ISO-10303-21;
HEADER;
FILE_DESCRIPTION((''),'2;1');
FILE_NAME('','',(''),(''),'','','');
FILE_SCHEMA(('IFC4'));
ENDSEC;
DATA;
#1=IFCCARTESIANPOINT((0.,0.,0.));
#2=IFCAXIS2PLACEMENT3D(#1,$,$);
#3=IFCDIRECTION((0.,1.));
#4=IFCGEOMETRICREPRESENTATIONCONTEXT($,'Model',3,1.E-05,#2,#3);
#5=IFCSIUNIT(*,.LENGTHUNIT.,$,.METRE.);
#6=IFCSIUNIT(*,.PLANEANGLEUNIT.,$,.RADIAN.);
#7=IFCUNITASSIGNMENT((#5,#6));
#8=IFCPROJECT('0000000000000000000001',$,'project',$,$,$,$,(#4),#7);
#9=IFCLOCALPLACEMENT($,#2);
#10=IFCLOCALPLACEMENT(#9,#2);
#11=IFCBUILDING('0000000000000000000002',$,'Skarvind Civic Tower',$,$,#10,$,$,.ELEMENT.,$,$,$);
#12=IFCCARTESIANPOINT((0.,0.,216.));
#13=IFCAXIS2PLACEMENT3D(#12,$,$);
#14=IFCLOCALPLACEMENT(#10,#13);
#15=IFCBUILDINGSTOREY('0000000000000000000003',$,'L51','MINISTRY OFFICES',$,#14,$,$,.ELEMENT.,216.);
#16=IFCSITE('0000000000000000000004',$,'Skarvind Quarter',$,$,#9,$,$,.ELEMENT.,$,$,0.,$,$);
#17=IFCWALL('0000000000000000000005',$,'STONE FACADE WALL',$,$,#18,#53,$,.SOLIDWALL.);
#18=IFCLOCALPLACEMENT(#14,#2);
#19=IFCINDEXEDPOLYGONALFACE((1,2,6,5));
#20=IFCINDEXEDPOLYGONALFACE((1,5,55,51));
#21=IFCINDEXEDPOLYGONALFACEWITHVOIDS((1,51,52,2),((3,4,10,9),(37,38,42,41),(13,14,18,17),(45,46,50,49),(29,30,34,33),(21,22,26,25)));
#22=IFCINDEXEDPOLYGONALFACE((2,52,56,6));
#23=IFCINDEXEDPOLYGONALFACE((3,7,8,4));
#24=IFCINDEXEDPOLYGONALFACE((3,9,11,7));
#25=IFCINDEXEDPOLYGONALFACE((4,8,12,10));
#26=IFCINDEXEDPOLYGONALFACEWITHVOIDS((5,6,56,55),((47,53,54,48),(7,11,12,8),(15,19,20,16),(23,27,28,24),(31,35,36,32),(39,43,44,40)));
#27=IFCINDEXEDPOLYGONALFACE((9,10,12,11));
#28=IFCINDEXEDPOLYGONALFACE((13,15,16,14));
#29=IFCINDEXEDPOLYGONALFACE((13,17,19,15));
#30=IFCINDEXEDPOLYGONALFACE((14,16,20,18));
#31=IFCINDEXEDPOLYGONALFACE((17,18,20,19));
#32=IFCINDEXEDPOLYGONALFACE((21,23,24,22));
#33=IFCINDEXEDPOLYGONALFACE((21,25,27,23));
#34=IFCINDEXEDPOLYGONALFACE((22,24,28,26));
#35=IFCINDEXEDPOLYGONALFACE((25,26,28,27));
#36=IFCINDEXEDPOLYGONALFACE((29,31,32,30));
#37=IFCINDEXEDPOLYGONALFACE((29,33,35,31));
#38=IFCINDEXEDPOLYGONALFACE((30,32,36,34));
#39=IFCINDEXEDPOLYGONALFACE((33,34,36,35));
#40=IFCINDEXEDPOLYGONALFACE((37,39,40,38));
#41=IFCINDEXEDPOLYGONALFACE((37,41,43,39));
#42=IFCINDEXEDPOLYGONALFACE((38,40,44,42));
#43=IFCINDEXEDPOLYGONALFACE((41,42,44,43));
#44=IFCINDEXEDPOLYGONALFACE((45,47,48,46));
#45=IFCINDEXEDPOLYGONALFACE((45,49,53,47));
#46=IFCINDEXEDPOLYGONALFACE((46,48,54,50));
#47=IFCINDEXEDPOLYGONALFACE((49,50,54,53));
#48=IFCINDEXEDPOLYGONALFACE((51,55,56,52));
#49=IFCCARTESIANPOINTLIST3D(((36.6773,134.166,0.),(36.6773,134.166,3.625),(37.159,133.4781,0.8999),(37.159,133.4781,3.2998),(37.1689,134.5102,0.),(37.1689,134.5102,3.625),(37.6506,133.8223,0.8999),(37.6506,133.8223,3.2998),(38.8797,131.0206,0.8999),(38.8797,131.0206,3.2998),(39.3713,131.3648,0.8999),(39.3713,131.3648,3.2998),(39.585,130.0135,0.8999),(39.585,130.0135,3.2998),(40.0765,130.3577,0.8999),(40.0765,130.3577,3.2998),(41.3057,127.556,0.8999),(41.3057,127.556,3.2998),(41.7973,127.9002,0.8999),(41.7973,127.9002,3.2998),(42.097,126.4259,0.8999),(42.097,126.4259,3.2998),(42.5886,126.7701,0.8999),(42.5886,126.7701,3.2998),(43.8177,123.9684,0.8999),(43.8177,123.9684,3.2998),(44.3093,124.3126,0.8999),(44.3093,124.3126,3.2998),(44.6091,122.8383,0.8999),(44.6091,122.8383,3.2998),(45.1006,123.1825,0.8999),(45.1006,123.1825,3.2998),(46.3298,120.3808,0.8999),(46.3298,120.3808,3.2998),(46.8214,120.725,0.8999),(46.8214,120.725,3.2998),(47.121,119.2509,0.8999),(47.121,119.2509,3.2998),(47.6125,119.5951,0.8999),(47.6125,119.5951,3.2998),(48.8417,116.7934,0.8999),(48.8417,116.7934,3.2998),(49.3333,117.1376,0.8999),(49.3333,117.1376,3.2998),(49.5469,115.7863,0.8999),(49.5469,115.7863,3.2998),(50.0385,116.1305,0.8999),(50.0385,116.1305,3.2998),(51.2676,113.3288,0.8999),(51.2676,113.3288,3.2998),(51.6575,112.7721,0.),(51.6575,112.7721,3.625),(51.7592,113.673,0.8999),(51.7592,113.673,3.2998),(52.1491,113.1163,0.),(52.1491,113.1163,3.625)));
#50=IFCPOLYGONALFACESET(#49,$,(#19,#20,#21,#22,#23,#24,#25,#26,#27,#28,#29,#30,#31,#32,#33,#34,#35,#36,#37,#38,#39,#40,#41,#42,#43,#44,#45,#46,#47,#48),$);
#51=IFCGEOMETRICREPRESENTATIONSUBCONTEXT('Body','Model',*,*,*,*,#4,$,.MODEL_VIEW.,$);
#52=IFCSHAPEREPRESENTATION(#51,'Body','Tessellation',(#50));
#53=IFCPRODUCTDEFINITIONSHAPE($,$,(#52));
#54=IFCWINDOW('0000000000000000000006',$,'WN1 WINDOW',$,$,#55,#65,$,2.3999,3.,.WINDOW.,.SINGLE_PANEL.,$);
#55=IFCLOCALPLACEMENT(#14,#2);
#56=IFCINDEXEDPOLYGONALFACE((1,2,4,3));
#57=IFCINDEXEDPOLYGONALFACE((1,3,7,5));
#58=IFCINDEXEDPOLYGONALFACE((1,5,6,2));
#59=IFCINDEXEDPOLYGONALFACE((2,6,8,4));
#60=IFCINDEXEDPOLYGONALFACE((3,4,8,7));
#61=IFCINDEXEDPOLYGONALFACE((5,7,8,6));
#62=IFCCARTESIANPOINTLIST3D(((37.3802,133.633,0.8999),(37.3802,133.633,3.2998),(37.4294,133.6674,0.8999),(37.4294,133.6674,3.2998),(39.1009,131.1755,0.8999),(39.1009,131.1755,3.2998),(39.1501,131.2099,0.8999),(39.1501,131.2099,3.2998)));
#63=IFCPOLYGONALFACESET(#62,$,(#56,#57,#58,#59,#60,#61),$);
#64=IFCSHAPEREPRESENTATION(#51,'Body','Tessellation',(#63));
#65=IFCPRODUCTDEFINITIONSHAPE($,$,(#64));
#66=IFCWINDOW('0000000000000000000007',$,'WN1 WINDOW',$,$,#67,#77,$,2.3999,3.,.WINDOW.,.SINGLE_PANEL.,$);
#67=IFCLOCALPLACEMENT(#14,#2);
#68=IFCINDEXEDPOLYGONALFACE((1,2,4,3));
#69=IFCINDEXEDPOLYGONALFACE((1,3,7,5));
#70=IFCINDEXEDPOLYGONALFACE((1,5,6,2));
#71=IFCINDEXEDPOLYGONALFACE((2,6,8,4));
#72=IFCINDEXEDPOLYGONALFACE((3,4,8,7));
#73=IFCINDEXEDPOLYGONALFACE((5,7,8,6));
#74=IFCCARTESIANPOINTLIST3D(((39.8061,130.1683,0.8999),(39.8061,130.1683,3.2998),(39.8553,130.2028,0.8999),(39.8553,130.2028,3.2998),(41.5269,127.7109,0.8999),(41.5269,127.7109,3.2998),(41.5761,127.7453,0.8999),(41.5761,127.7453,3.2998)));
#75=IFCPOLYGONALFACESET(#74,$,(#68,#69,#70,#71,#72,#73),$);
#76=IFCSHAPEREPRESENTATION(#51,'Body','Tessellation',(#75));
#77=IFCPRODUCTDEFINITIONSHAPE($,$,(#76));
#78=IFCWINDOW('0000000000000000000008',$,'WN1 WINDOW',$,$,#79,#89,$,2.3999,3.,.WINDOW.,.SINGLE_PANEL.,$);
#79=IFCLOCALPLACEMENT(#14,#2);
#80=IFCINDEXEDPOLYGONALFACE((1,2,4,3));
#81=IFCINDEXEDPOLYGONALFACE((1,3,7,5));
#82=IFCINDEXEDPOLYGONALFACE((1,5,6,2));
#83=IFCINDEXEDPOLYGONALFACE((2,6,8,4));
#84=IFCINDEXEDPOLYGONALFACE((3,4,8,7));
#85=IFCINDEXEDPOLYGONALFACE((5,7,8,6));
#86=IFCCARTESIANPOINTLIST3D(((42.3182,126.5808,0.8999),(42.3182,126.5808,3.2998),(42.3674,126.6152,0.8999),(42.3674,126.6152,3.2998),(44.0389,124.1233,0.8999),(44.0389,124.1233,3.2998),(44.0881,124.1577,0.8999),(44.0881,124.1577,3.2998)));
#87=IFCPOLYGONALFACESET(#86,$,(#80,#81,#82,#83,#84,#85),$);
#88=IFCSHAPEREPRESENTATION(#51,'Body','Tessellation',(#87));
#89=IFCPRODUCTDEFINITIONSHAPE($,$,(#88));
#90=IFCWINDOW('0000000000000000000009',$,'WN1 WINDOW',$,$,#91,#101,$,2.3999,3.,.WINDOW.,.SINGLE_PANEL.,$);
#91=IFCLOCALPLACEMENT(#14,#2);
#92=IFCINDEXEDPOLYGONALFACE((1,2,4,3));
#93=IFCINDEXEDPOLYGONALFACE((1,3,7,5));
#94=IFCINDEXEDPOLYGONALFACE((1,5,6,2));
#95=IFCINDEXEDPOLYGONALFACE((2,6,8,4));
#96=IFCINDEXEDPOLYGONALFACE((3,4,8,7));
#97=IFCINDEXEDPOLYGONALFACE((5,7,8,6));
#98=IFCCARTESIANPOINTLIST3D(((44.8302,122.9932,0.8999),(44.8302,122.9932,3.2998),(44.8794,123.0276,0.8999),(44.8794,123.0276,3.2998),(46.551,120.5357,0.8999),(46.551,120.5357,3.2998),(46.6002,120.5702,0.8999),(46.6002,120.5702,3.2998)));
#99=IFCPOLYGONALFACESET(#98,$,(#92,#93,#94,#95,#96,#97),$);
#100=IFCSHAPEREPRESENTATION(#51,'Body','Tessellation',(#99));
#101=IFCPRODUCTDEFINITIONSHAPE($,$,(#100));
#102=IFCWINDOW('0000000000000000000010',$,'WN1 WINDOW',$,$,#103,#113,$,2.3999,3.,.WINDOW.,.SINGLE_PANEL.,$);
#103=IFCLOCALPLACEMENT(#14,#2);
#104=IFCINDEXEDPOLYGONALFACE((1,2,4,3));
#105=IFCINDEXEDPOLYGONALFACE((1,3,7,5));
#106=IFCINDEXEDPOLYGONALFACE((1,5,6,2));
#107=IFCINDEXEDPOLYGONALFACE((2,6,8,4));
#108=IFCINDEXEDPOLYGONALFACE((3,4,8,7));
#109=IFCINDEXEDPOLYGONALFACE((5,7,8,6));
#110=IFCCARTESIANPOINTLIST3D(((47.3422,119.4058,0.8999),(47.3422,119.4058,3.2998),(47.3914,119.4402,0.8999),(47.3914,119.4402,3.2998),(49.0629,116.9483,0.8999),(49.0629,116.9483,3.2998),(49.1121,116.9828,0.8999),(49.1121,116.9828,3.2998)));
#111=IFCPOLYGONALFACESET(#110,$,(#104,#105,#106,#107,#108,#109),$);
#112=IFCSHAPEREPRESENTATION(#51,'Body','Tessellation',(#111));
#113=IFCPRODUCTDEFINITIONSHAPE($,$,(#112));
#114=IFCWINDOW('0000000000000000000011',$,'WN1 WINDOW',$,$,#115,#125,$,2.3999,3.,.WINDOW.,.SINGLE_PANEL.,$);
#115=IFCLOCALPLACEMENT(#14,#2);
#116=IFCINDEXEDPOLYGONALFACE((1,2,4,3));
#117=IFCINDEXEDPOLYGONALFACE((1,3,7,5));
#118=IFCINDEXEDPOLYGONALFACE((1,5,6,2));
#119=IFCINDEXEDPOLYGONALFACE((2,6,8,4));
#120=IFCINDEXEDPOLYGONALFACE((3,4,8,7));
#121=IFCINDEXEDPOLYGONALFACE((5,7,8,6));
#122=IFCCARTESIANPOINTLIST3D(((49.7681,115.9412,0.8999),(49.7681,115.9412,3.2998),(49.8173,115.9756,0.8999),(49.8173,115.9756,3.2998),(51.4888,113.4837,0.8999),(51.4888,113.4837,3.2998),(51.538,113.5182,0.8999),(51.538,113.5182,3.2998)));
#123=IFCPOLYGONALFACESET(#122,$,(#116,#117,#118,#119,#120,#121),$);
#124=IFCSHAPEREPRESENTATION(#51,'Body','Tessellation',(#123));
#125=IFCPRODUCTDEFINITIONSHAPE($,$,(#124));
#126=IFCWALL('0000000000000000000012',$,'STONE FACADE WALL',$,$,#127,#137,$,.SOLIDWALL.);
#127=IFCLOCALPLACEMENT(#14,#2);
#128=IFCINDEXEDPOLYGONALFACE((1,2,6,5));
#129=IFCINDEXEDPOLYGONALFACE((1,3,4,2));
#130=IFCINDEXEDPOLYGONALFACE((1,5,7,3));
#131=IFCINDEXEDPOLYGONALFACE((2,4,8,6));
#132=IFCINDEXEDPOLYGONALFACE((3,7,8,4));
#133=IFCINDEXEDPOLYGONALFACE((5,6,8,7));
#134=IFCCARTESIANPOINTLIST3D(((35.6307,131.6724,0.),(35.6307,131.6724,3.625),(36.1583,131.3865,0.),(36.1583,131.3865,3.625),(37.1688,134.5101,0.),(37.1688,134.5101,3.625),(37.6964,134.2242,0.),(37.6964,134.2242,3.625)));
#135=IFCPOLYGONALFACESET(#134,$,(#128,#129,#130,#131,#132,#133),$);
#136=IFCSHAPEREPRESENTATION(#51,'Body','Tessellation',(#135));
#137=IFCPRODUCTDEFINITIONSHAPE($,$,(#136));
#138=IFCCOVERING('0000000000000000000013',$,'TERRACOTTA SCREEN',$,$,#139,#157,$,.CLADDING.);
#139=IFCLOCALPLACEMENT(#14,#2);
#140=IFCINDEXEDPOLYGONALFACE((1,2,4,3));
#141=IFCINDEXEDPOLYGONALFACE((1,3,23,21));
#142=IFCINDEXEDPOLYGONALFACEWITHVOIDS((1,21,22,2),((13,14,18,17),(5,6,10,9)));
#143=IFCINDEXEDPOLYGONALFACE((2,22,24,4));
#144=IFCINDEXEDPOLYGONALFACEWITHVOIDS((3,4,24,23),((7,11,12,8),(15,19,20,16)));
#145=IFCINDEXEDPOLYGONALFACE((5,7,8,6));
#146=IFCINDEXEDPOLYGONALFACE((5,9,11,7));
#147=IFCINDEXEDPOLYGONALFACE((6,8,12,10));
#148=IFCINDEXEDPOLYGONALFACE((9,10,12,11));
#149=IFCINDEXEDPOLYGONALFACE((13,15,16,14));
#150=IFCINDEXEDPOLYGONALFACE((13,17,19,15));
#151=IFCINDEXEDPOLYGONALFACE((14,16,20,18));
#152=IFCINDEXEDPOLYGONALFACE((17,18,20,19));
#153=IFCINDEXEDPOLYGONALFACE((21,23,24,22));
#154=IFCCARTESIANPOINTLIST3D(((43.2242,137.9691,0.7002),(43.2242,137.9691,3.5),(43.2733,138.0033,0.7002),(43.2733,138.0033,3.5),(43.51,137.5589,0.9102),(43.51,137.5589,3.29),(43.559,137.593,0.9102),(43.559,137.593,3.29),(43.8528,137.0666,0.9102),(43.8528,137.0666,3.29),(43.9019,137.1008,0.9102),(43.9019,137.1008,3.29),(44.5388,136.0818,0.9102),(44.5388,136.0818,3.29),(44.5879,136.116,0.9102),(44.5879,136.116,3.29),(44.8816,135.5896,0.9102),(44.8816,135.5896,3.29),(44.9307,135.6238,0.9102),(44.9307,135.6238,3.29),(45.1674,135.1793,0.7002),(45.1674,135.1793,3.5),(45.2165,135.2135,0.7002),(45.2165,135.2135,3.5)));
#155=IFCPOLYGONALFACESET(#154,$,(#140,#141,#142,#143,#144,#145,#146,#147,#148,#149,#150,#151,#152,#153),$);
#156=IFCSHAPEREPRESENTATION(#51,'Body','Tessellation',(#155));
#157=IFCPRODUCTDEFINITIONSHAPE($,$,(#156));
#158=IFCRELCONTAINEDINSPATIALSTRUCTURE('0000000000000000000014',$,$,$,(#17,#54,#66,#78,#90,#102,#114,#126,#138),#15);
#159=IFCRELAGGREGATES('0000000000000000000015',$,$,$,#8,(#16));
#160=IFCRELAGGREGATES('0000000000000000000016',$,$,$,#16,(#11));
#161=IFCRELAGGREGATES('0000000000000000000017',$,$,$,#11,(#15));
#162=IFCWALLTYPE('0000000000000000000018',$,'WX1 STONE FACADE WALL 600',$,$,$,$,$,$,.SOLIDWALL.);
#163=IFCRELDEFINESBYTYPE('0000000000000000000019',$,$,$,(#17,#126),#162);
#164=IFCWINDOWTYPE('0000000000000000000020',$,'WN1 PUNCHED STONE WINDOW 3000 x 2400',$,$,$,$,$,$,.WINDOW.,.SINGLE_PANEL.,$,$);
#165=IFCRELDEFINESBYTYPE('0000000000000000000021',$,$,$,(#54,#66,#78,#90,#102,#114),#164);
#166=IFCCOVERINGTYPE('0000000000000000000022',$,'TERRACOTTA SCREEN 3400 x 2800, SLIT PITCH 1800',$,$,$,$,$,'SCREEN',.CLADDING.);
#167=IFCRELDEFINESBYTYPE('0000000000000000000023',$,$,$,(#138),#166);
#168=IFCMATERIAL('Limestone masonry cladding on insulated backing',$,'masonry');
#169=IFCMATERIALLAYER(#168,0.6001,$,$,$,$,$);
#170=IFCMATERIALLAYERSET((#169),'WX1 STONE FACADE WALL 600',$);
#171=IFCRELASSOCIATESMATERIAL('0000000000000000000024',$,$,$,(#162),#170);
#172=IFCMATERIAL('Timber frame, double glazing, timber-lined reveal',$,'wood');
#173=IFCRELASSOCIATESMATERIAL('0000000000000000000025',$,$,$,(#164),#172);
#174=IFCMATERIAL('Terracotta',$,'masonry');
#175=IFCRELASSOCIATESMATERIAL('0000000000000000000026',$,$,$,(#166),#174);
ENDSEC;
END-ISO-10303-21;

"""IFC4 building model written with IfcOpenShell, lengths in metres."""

from ifc_helpers import new_model, si_unit, direction, frame, frame_2d, origin, place, context, subcontext, project, spatial, polyline, rectangle, outline, extrude, material, layer, layer_set, material_profile, profile_set, type_object, element, fill, save


model = new_model("IFC4")

# Units and contexts
model_context = context("Model", 3, precision=1e-05, world=origin(), true_north=direction((0.0, 1.0)))
body_context = subcontext(model_context, "Body", "Model", "MODEL_VIEW")
ifc_project = project(units=[si_unit("LENGTHUNIT", "METRE"), si_unit("PLANEANGLEUNIT", "RADIAN")], contexts=[model_context])

# Site, building, storey
site_placement = place(None, origin())
site = spatial("IfcSite", under=ifc_project, at=site_placement, Name="Skarvind Quarter", CompositionType="ELEMENT", RefElevation=0.0)
building_placement = place(site_placement, origin())
building = spatial("IfcBuilding", under=site, at=building_placement, Name="Skarvind Civic Tower", CompositionType="ELEMENT")
storey_placement = place(building_placement, frame((0.0, 0.0, 216.0)))
storey = spatial("IfcBuildingStorey", under=building, at=storey_placement, Name="L51", Description="MINISTRY OFFICES", CompositionType="ELEMENT", Elevation=216.0)

# Shared definitions
ifc_material_1 = material(Name="Limestone masonry cladding on insulated backing", Category="masonry")
ifc_layer_1 = layer(ifc_material_1, 0.6001)
ifc_layer_set_1 = layer_set([ifc_layer_1], Name="WX1 STONE FACADE WALL 600")
wall_type_1 = type_object("IfcWallType", Name="WX1 STONE FACADE WALL 600", PredefinedType="SOLIDWALL", material=ifc_layer_set_1)

# Wall, openings, windows
wall_1_placement = place(storey_placement, frame((36.9231, 134.3381, 0.0), z_axis=(0.0, 0.0, 1.0), x_axis=(0.573575, -0.819153, 0.0)))
wall_1 = element("IfcWall", 1, at=wall_1_placement, inside=storey, type_object=wall_type_1, Name="STONE FACADE WALL", PredefinedType="SOLIDWALL", context=body_context, shape_type="SweptSolid", body=[
    extrude(rectangle(XDim=26.1172, YDim=0.6001, at=frame_2d((13.0586, 0.0))), origin(), (0.0, 0.0, 1.0), 3.625),
])
opening_1_placement = place(wall_1_placement, frame((0.8398, 0.0, 0.8999)))
opening_1 = element("IfcOpeningElement", 2, at=opening_1_placement, cuts=wall_1, PredefinedType="OPENING", context=body_context, shape_type="SweptSolid", body=[
    extrude(rectangle(XDim=3.0, YDim=2.3999, at=frame_2d((1.5, 1.2))), frame((0.0, 0.3101, 0.0), z_axis=(0.0, -1.0, 0.0), x_axis=(1.0, 0.0, 0.0)), (0.0, 0.0, 1.0), 0.6201),
])
opening_2_placement = place(wall_1_placement, frame((5.0693, 0.0, 0.8999)))
opening_2 = element("IfcOpeningElement", 3, at=opening_2_placement, cuts=wall_1, PredefinedType="OPENING", context=body_context, shape_type="SweptSolid", body=[
    extrude(rectangle(XDim=3.0, YDim=2.3999, at=frame_2d((1.5, 1.2))), frame((0.0, 0.3101, 0.0), z_axis=(0.0, -1.0, 0.0), x_axis=(1.0, 0.0, 0.0)), (0.0, 0.0, 1.0), 0.6201),
])
opening_3_placement = place(wall_1_placement, frame((9.449, 0.0, 0.8999)))
opening_3 = element("IfcOpeningElement", 4, at=opening_3_placement, cuts=wall_1, PredefinedType="OPENING", context=body_context, shape_type="SweptSolid", body=[
    extrude(rectangle(XDim=3.0, YDim=2.3999, at=frame_2d((1.5, 1.2))), frame((0.0, 0.3101, 0.0), z_axis=(0.0, -1.0, 0.0), x_axis=(1.0, 0.0, 0.0)), (0.0, 0.0, 1.0), 0.6201),
])
opening_4_placement = place(wall_1_placement, frame((13.8286, 0.0, 0.8999)))
opening_4 = element("IfcOpeningElement", 5, at=opening_4_placement, cuts=wall_1, PredefinedType="OPENING", context=body_context, shape_type="SweptSolid", body=[
    extrude(rectangle(XDim=3.0, YDim=2.3999, at=frame_2d((1.5, 1.2))), frame((0.0, 0.3101, 0.0), z_axis=(0.0, -1.0, 0.0), x_axis=(1.0, 0.0, 0.0)), (0.0, 0.0, 1.0), 0.6201),
])
opening_5_placement = place(wall_1_placement, frame((18.208, 0.0, 0.8999)))
opening_5 = element("IfcOpeningElement", 6, at=opening_5_placement, cuts=wall_1, PredefinedType="OPENING", context=body_context, shape_type="SweptSolid", body=[
    extrude(rectangle(XDim=3.0, YDim=2.3999, at=frame_2d((1.5, 1.2))), frame((0.0, 0.3101, 0.0), z_axis=(0.0, -1.0, 0.0), x_axis=(1.0, 0.0, 0.0)), (0.0, 0.0, 1.0), 0.6201),
])
opening_6_placement = place(wall_1_placement, frame((22.4375, 0.0, 0.8999)))
opening_6 = element("IfcOpeningElement", 7, at=opening_6_placement, cuts=wall_1, PredefinedType="OPENING", context=body_context, shape_type="SweptSolid", body=[
    extrude(rectangle(XDim=3.0, YDim=2.3999, at=frame_2d((1.5, 1.2))), frame((0.0, 0.3101, 0.0), z_axis=(0.0, -1.0, 0.0), x_axis=(1.0, 0.0, 0.0)), (0.0, 0.0, 1.0), 0.6201),
])
ifc_material_2 = material(Name="Timber frame, double glazing, timber-lined reveal", Category="wood")
window_type = type_object("IfcWindowType", Name="WN1 PUNCHED STONE WINDOW 3000 x 2400", PartitioningType="SINGLE_PANEL", PredefinedType="WINDOW", material=ifc_material_2)
window_1_placement = place(opening_1_placement, origin())
window_1 = element("IfcWindow", 8, at=window_1_placement, inside=storey, type_object=window_type, Name="WN1 WINDOW", OverallHeight=2.3999, OverallWidth=3.0, PartitioningType="SINGLE_PANEL", PredefinedType="WINDOW", context=body_context, shape_type="SweptSolid", body=[
    extrude(rectangle(XDim=3.0, YDim=2.3999, at=frame_2d((1.5, 1.2))), frame((0.0, 0.03, 0.0), z_axis=(0.0, -1.0, 0.0), x_axis=(1.0, 0.0, 0.0)), (0.0, 0.0, 1.0), 0.0601),
])
fill(opening_1, window_1)
window_2_placement = place(opening_2_placement, origin())
window_2 = element("IfcWindow", 9, at=window_2_placement, inside=storey, type_object=window_type, Name="WN1 WINDOW", OverallHeight=2.3999, OverallWidth=3.0, PartitioningType="SINGLE_PANEL", PredefinedType="WINDOW", context=body_context, shape_type="SweptSolid", body=[
    extrude(rectangle(XDim=3.0, YDim=2.3999, at=frame_2d((1.5, 1.2))), frame((0.0, 0.03, 0.0), z_axis=(0.0, -1.0, 0.0), x_axis=(1.0, 0.0, 0.0)), (0.0, 0.0, 1.0), 0.0601),
])
fill(opening_2, window_2)
window_3_placement = place(opening_3_placement, origin())
window_3 = element("IfcWindow", 10, at=window_3_placement, inside=storey, type_object=window_type, Name="WN1 WINDOW", OverallHeight=2.3999, OverallWidth=3.0, PartitioningType="SINGLE_PANEL", PredefinedType="WINDOW", context=body_context, shape_type="SweptSolid", body=[
    extrude(rectangle(XDim=3.0, YDim=2.3999, at=frame_2d((1.5, 1.2))), frame((0.0, 0.03, 0.0), z_axis=(0.0, -1.0, 0.0), x_axis=(1.0, 0.0, 0.0)), (0.0, 0.0, 1.0), 0.0601),
])
fill(opening_3, window_3)
window_4_placement = place(opening_4_placement, origin())
window_4 = element("IfcWindow", 11, at=window_4_placement, inside=storey, type_object=window_type, Name="WN1 WINDOW", OverallHeight=2.3999, OverallWidth=3.0, PartitioningType="SINGLE_PANEL", PredefinedType="WINDOW", context=body_context, shape_type="SweptSolid", body=[
    extrude(rectangle(XDim=3.0, YDim=2.3999, at=frame_2d((1.5, 1.2))), frame((0.0, 0.03, 0.0), z_axis=(0.0, -1.0, 0.0), x_axis=(1.0, 0.0, 0.0)), (0.0, 0.0, 1.0), 0.0601),
])
fill(opening_4, window_4)
window_5_placement = place(opening_5_placement, origin())
window_5 = element("IfcWindow", 12, at=window_5_placement, inside=storey, type_object=window_type, Name="WN1 WINDOW", OverallHeight=2.3999, OverallWidth=3.0, PartitioningType="SINGLE_PANEL", PredefinedType="WINDOW", context=body_context, shape_type="SweptSolid", body=[
    extrude(rectangle(XDim=3.0, YDim=2.3999, at=frame_2d((1.5, 1.2))), frame((0.0, 0.03, 0.0), z_axis=(0.0, -1.0, 0.0), x_axis=(1.0, 0.0, 0.0)), (0.0, 0.0, 1.0), 0.0601),
])
fill(opening_5, window_5)
window_6_placement = place(opening_6_placement, origin())
window_6 = element("IfcWindow", 13, at=window_6_placement, inside=storey, type_object=window_type, Name="WN1 WINDOW", OverallHeight=2.3999, OverallWidth=3.0, PartitioningType="SINGLE_PANEL", PredefinedType="WINDOW", context=body_context, shape_type="SweptSolid", body=[
    extrude(rectangle(XDim=3.0, YDim=2.3999, at=frame_2d((1.5, 1.2))), frame((0.0, 0.03, 0.0), z_axis=(0.0, -1.0, 0.0), x_axis=(1.0, 0.0, 0.0)), (0.0, 0.0, 1.0), 0.0601),
])
fill(opening_6, window_6)

# Wall
wall_2_placement = place(storey_placement, frame((35.8945, 131.5295, 0.0), z_axis=(0.0, 0.0, 1.0), x_axis=(0.476529, 0.879159, 0.0)))
element("IfcWall", 14, at=wall_2_placement, inside=storey, type_object=wall_type_1, Name="STONE FACADE WALL", PredefinedType="SOLIDWALL", context=body_context, shape_type="SweptSolid", body=[
    extrude(rectangle(XDim=3.2278, YDim=0.6001, at=frame_2d((1.6138, 0.0))), origin(), (0.0, 0.0, 1.0), 3.625),
])

# Covering
ifc_material_3 = material(Name="Terracotta", Category="masonry")
ifc_material_profile_1 = material_profile(ifc_material_3, outline(polyline([(-1.7, -1.3999), (1.7, -1.3999), (1.7, 1.3999), (-1.7, 1.3999), (-1.7, -1.3999)]), holes=[polyline([(-1.2, -1.1899), (-0.6001, -1.1899), (-0.6001, 1.1899), (-1.2, 1.1899), (-1.2, -1.1899)]), polyline([(0.6001, -1.1899), (1.2, -1.1899), (1.2, 1.1899), (0.6001, 1.1899), (0.6001, -1.1899)])]), Name="TERRACOTTA SCREEN 3400 x 2800, SLIT PITCH 1800")
ifc_profile_set_1 = profile_set([ifc_material_profile_1], Name="Terracotta")
covering_type = type_object("IfcCoveringType", Name="TERRACOTTA SCREEN 3400 x 2800, SLIT PITCH 1800", ElementType="SCREEN", PredefinedType="CLADDING", material=ifc_profile_set_1)
covering_1_placement = place(storey_placement, frame((44.2449, 136.6084, 2.1001), z_axis=(-0.820572, -0.571543, 0.0), x_axis=(0.571543, -0.820572, 0.0)))
element("IfcCovering", 15, at=covering_1_placement, inside=storey, type_object=covering_type, Name="TERRACOTTA SCREEN", PredefinedType="CLADDING", context=body_context, shape_type="SweptSolid", body=[
    extrude(outline(polyline([(-1.7, -1.3999), (1.7, -1.3999), (1.7, 1.3999), (-1.7, 1.3999), (-1.7, -1.3999)]), holes=[polyline([(-1.2, -1.1899), (-0.6001, -1.1899), (-0.6001, 1.1899), (-1.2, 1.1899), (-1.2, -1.1899)]), polyline([(0.6001, -1.1899), (1.2, -1.1899), (1.2, 1.1899), (0.6001, 1.1899), (0.6001, -1.1899)])]), origin(), (0.0, 0.0, 1.0), 0.0598),
])

save(model, "model.ifc")
